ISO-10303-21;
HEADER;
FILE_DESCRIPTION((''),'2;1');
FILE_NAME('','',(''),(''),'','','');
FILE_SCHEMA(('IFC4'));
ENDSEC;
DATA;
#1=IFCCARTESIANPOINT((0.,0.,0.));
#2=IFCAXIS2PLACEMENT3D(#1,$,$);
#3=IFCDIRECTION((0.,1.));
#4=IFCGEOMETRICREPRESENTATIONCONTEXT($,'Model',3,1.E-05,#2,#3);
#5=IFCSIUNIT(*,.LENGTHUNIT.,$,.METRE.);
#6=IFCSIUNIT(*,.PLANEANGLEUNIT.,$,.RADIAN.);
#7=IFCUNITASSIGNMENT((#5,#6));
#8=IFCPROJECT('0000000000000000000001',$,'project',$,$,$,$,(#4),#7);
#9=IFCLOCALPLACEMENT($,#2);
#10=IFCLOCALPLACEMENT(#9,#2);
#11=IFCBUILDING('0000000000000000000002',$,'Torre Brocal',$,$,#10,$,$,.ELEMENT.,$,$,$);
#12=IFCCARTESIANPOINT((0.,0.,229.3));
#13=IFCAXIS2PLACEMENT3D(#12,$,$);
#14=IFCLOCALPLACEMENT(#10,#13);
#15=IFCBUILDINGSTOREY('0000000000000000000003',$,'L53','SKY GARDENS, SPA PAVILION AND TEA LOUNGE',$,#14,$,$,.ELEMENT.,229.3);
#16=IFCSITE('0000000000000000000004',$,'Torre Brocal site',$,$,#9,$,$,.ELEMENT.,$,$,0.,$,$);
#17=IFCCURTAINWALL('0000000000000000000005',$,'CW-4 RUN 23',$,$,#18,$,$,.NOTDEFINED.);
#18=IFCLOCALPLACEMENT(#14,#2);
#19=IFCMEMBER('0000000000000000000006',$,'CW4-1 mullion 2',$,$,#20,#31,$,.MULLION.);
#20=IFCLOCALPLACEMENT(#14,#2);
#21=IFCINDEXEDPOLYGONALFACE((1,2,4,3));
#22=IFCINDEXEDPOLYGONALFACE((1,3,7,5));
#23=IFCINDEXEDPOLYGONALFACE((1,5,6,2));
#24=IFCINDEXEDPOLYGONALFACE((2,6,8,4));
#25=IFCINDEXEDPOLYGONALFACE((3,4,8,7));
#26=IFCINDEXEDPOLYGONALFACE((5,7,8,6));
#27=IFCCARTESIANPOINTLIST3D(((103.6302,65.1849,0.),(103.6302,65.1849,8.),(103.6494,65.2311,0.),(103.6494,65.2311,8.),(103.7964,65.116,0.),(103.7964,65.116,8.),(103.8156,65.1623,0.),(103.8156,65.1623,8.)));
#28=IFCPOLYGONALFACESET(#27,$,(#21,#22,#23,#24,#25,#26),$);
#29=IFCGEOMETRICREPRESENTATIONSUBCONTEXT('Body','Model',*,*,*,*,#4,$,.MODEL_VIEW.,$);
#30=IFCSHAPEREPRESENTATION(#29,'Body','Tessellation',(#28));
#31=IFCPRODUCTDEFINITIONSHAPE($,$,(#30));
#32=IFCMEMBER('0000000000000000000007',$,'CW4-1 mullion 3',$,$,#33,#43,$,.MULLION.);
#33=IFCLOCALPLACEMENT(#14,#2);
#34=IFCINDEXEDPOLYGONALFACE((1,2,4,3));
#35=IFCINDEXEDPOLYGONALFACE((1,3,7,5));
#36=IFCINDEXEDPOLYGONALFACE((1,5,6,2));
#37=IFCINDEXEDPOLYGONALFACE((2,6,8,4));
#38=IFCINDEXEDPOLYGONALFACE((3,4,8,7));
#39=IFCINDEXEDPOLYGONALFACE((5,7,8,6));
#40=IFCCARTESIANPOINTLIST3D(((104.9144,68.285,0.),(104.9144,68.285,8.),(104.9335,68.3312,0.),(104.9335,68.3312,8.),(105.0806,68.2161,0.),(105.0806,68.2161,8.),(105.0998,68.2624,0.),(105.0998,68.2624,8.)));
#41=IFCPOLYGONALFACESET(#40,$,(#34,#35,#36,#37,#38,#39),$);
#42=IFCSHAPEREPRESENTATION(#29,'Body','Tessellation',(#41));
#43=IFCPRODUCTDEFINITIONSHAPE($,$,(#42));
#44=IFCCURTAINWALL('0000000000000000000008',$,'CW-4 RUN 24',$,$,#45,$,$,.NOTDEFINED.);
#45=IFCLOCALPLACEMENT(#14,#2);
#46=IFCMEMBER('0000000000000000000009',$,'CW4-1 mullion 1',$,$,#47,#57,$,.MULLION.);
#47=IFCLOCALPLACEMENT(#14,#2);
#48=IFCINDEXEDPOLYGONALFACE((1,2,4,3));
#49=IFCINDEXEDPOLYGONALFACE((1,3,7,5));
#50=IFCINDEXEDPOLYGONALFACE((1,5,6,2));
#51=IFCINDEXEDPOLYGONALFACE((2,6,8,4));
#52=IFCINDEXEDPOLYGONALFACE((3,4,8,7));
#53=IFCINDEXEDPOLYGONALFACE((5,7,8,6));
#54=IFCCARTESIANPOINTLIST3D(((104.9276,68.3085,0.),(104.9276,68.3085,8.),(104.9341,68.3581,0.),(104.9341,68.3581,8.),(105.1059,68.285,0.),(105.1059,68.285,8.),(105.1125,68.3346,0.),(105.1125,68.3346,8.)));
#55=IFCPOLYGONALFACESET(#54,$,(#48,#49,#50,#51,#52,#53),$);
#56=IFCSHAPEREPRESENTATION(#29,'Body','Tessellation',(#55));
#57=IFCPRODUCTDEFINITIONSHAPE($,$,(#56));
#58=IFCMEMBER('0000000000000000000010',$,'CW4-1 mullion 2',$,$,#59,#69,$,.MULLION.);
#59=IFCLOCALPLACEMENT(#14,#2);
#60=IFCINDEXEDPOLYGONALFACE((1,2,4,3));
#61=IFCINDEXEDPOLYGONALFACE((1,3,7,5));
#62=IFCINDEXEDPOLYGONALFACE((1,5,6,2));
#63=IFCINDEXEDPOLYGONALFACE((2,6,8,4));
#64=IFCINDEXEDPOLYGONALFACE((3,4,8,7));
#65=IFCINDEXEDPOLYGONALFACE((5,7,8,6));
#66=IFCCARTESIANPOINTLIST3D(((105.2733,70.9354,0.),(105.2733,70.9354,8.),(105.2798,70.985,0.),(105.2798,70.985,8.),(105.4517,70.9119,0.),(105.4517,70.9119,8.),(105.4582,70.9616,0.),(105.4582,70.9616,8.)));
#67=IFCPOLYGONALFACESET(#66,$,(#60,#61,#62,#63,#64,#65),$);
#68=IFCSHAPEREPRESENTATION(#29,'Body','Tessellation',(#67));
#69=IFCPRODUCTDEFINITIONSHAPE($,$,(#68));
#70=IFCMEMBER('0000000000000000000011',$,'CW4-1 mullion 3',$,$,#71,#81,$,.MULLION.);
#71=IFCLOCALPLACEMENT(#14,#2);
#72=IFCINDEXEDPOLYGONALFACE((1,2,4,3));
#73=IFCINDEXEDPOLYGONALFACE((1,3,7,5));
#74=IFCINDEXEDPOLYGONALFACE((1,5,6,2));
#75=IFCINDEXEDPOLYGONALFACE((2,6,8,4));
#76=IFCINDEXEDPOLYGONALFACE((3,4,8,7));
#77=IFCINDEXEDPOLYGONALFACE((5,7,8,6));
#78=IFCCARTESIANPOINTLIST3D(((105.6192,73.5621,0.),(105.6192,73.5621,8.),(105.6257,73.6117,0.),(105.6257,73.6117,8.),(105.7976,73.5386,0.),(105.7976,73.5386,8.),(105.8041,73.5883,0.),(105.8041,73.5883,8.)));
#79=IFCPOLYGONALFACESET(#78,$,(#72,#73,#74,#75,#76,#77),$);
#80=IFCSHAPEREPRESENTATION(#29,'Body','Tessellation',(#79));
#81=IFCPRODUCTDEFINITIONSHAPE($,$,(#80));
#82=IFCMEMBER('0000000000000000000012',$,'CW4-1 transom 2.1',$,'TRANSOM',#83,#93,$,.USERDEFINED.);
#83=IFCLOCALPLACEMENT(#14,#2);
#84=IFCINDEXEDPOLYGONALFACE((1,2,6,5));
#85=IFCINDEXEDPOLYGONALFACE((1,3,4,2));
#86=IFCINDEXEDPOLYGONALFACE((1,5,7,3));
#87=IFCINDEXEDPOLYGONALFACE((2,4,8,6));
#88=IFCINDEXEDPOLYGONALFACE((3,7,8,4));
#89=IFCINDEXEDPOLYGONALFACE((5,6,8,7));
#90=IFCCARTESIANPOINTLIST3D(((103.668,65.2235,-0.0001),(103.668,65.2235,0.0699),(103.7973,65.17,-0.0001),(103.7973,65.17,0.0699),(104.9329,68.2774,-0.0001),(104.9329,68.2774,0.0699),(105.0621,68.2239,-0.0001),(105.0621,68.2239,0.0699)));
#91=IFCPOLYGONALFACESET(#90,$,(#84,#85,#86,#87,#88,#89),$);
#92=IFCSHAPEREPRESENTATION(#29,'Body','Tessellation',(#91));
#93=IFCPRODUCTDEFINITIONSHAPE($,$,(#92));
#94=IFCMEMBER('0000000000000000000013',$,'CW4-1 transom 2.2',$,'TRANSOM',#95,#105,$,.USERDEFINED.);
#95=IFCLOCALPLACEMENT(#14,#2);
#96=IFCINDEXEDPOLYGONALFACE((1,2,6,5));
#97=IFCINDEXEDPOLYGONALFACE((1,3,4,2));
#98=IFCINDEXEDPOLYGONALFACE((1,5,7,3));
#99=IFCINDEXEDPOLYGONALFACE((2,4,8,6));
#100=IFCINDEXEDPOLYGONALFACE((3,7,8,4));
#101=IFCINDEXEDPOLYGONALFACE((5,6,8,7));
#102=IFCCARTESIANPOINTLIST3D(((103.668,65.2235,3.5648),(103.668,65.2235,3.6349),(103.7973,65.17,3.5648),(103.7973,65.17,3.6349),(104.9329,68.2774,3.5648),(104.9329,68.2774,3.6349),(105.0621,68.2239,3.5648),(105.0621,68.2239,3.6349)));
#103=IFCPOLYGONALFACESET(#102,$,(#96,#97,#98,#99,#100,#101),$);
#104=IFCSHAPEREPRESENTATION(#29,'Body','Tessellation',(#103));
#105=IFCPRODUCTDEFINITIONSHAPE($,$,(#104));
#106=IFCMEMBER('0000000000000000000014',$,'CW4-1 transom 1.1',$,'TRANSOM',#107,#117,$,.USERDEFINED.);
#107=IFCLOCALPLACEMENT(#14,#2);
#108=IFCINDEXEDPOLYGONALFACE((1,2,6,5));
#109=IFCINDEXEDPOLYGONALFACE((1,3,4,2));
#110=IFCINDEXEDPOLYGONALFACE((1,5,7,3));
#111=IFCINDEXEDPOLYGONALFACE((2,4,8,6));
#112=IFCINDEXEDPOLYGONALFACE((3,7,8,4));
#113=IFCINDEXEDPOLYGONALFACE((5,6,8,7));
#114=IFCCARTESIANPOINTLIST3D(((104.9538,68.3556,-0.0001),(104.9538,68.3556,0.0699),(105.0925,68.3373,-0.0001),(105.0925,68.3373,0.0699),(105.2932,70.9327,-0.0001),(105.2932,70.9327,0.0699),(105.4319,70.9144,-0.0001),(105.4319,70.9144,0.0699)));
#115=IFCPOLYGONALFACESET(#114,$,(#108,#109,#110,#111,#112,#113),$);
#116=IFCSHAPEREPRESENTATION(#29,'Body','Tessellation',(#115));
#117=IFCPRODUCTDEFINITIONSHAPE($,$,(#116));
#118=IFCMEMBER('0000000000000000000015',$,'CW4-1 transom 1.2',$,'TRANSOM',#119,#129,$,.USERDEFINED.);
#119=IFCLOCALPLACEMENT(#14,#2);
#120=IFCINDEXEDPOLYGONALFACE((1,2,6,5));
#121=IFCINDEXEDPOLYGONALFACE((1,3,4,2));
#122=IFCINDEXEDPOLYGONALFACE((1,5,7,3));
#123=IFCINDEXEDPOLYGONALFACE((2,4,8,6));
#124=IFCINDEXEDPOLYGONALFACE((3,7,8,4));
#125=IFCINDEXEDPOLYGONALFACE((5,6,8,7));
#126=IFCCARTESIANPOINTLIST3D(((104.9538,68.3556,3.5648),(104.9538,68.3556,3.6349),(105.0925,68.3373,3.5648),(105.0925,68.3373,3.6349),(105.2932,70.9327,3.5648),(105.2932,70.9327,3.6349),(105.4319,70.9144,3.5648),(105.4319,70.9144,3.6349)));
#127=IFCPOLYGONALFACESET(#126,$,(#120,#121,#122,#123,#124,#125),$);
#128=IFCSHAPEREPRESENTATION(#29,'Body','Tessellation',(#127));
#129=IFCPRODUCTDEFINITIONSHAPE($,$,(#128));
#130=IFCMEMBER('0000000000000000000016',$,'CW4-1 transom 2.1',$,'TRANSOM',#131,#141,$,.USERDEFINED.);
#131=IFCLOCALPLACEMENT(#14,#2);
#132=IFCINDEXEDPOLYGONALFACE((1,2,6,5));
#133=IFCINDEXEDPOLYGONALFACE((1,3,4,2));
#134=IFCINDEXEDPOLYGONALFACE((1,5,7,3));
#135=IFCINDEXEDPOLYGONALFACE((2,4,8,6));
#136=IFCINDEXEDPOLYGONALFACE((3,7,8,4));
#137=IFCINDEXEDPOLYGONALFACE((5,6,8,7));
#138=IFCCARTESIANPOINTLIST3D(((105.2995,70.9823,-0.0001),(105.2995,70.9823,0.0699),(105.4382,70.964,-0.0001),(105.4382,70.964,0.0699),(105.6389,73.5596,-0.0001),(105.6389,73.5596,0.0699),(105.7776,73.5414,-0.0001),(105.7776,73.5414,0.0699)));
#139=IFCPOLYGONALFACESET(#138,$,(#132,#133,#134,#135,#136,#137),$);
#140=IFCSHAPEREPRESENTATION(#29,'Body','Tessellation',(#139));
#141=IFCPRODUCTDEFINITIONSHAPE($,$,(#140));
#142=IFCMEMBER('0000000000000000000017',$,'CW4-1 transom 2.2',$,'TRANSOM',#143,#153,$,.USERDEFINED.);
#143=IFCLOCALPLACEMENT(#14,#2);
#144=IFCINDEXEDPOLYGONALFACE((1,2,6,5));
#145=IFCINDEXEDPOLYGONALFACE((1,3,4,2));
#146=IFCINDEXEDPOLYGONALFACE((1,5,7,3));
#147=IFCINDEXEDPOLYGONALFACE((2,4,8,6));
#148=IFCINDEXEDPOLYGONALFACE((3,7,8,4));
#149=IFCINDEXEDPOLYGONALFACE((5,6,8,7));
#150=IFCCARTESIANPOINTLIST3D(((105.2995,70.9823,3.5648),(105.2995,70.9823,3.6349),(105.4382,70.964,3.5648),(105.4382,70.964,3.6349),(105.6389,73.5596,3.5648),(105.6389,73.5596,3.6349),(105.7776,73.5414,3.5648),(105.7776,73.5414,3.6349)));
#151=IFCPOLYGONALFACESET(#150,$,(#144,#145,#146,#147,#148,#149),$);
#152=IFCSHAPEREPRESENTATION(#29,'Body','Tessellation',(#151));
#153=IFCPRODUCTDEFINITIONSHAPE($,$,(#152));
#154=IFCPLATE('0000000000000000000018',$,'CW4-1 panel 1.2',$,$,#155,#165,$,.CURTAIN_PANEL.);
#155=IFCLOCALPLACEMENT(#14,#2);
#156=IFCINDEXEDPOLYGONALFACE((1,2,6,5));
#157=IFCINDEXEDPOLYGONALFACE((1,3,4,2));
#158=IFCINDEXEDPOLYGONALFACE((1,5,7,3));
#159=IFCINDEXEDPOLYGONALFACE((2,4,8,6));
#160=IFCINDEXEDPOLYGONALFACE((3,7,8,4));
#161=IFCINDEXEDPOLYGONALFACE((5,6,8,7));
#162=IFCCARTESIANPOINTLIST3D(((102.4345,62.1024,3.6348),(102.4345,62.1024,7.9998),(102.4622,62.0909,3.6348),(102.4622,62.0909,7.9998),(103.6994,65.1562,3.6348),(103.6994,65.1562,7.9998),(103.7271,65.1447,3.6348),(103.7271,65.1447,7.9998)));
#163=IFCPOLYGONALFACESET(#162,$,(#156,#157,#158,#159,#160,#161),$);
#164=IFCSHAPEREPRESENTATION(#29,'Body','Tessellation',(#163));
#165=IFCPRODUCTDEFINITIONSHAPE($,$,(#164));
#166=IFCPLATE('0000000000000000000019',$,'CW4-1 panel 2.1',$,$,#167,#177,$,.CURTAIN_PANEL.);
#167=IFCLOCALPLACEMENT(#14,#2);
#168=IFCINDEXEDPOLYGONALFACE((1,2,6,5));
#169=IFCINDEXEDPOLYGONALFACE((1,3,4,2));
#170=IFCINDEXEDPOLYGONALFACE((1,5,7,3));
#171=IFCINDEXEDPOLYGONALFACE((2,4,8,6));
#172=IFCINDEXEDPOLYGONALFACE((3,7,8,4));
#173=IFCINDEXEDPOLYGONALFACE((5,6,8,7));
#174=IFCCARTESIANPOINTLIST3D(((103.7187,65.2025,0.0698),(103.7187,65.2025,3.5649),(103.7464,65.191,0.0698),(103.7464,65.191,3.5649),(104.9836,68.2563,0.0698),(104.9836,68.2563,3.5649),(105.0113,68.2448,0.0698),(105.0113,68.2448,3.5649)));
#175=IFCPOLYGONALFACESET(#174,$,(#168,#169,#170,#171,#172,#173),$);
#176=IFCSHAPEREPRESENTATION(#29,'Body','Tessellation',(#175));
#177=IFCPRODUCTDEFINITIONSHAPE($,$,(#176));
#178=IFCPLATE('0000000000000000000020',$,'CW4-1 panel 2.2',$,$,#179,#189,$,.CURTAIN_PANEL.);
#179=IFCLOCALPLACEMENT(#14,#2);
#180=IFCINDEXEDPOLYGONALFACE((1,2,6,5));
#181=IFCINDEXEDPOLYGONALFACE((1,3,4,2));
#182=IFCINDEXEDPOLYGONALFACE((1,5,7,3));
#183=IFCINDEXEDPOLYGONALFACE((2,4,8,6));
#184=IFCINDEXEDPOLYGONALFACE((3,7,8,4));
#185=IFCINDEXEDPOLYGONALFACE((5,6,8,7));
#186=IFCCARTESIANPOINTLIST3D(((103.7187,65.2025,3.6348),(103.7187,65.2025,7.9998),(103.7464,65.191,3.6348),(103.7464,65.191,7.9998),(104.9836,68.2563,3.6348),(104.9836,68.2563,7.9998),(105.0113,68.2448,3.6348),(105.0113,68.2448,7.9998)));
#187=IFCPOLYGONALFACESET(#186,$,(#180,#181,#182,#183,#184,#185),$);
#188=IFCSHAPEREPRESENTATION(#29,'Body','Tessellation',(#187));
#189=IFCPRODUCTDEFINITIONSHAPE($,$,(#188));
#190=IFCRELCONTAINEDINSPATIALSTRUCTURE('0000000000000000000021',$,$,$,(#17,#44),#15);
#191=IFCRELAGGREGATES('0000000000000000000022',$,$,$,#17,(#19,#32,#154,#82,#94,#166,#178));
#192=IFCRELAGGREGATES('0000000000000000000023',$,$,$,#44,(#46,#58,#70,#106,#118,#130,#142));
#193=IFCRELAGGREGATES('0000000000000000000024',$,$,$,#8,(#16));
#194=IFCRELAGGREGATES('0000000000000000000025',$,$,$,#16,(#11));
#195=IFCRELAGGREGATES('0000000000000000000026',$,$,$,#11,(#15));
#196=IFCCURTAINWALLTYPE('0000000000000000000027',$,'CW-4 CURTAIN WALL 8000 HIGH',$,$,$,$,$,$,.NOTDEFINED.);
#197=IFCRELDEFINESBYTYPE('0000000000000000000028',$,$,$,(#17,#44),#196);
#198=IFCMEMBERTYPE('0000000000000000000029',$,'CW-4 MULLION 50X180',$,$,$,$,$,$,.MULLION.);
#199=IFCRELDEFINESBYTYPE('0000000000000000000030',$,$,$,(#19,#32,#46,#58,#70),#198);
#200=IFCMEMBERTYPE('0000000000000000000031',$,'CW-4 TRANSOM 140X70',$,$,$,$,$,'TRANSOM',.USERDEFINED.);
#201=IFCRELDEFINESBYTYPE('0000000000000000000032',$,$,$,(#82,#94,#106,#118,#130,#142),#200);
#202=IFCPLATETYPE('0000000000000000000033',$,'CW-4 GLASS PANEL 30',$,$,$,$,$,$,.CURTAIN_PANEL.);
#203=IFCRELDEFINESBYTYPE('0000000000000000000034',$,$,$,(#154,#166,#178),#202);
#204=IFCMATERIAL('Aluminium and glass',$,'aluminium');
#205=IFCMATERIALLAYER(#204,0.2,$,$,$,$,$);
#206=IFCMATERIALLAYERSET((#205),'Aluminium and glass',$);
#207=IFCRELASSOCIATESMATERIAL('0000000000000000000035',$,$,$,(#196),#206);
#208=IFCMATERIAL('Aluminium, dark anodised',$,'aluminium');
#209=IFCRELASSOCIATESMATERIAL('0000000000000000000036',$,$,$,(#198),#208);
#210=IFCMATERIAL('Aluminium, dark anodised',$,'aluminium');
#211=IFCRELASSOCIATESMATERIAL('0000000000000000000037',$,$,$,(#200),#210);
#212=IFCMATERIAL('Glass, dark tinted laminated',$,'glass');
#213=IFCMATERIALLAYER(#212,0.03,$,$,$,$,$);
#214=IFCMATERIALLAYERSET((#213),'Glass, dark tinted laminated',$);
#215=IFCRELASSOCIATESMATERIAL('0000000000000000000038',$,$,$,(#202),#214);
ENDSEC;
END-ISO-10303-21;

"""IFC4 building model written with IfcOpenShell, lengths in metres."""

from ifc_helpers import new_model, si_unit, direction, frame, origin, origin_2d, place, context, subcontext, project, spatial, rectangle, extrude, material, layer, layer_set, material_profile, profile_set, type_object, element, aggregate, save


model = new_model("IFC4")

# Units and contexts
model_context = context("Model", 3, precision=1e-05, world=origin(), true_north=direction((0.0, 1.0)))
body_context = subcontext(model_context, "Body", "Model", "MODEL_VIEW")
ifc_project = project(units=[si_unit("LENGTHUNIT", "METRE"), si_unit("PLANEANGLEUNIT", "RADIAN")], contexts=[model_context])

# Site, building, storey
site_placement = place(None, origin())
site = spatial("IfcSite", under=ifc_project, at=site_placement, Name="Torre Brocal site", CompositionType="ELEMENT", RefElevation=0.0)
building_placement = place(site_placement, origin())
building = spatial("IfcBuilding", under=site, at=building_placement, Name="Torre Brocal", CompositionType="ELEMENT")
storey_placement = place(building_placement, frame((0.0, 0.0, 229.3)))
storey = spatial("IfcBuildingStorey", under=building, at=storey_placement, Name="L53", Description="SKY GARDENS, SPA PAVILION AND TEA LOUNGE", CompositionType="ELEMENT", Elevation=229.3)

# Curtain walls, members
ifc_material_1 = material(Name="Aluminium and glass", Category="aluminium")
ifc_layer_1 = layer(ifc_material_1, 0.2)
ifc_layer_set_1 = layer_set([ifc_layer_1], Name="Aluminium and glass")
curtain_wall_type = type_object("IfcCurtainWallType", Name="CW-4 CURTAIN WALL 8000 HIGH", PredefinedType="NOTDEFINED", material=ifc_layer_set_1)
curtain_wall_1_placement = place(storey_placement, origin())
curtain_wall_1 = element("IfcCurtainWall", 1, at=curtain_wall_1_placement, inside=storey, type_object=curtain_wall_type, Name="CW-4 RUN 23", PredefinedType="NOTDEFINED")
ifc_material_2 = material(Name="Aluminium, dark anodised", Category="aluminium")
ifc_material_profile_1 = material_profile(ifc_material_2, rectangle(XDim=0.1799, YDim=0.05, at=origin_2d()), Name="CW-4 MULLION 50X180")
ifc_profile_set_1 = profile_set([ifc_material_profile_1], Name="Aluminium, dark anodised")
member_type_1 = type_object("IfcMemberType", Name="CW-4 MULLION 50X180", PredefinedType="MULLION", material=ifc_profile_set_1)
member_1_placement = place(storey_placement, frame((103.7229, 65.1736, 0.0), z_axis=(0.0, 0.0, 1.0), x_axis=(-0.92388, 0.382683, 0.0)))
member_1 = element("IfcMember", 2, at=member_1_placement, type_object=member_type_1, Name="CW4-1 mullion 2", PredefinedType="MULLION", context=body_context, shape_type="SweptSolid", body=[
    extrude(rectangle(XDim=0.1799, YDim=0.05, at=origin_2d()), origin(), (0.0, 0.0, 1.0), 8.0),
])
member_2_placement = place(storey_placement, frame((105.0071, 68.2737, 0.0), z_axis=(0.0, 0.0, 1.0), x_axis=(-0.92388, 0.382683, 0.0)))
member_2 = element("IfcMember", 3, at=member_2_placement, type_object=member_type_1, Name="CW4-1 mullion 3", PredefinedType="MULLION", context=body_context, shape_type="SweptSolid", body=[
    extrude(rectangle(XDim=0.1799, YDim=0.05, at=origin_2d()), origin(), (0.0, 0.0, 1.0), 8.0),
])
curtain_wall_2_placement = place(storey_placement, origin())
curtain_wall_2 = element("IfcCurtainWall", 4, at=curtain_wall_2_placement, inside=storey, type_object=curtain_wall_type, Name="CW-4 RUN 24", PredefinedType="NOTDEFINED")
member_3_placement = place(storey_placement, frame((105.02, 68.3215, 0.0), z_axis=(0.0, 0.0, 1.0), x_axis=(-0.991445, 0.130526, 0.0)))
member_3 = element("IfcMember", 5, at=member_3_placement, type_object=member_type_1, Name="CW4-1 mullion 1", PredefinedType="MULLION", context=body_context, shape_type="SweptSolid", body=[
    extrude(rectangle(XDim=0.1799, YDim=0.05, at=origin_2d()), origin(), (0.0, 0.0, 1.0), 8.0),
])
member_4_placement = place(storey_placement, frame((105.3657, 70.9485, 0.0), z_axis=(0.0, 0.0, 1.0), x_axis=(-0.991445, 0.130526, 0.0)))
member_4 = element("IfcMember", 6, at=member_4_placement, type_object=member_type_1, Name="CW4-1 mullion 2", PredefinedType="MULLION", context=body_context, shape_type="SweptSolid", body=[
    extrude(rectangle(XDim=0.1799, YDim=0.05, at=origin_2d()), origin(), (0.0, 0.0, 1.0), 8.0),
])
member_5_placement = place(storey_placement, frame((105.7117, 73.5752, 0.0), z_axis=(0.0, 0.0, 1.0), x_axis=(-0.991445, 0.130526, 0.0)))
member_5 = element("IfcMember", 7, at=member_5_placement, type_object=member_type_1, Name="CW4-1 mullion 3", PredefinedType="MULLION", context=body_context, shape_type="SweptSolid", body=[
    extrude(rectangle(XDim=0.1799, YDim=0.05, at=origin_2d()), origin(), (0.0, 0.0, 1.0), 8.0),
])

# Members
ifc_material_3 = material(Name="Aluminium, dark anodised", Category="aluminium")
ifc_material_profile_2 = material_profile(ifc_material_3, rectangle(XDim=0.1399, YDim=0.0701, at=origin_2d()), Name="CW-4 TRANSOM 140X70")
ifc_profile_set_2 = profile_set([ifc_material_profile_2], Name="Aluminium, dark anodised")
member_type_2 = type_object("IfcMemberType", Name="CW-4 TRANSOM 140X70", ElementType="TRANSOM", PredefinedType="USERDEFINED", material=ifc_profile_set_2)
member_6_placement = place(storey_placement, frame((103.7327, 65.1968, 0.0349), z_axis=(0.382658, 0.92389, 0.0), x_axis=(-0.92389, 0.382658, 0.0)))
member_6 = element("IfcMember", 8, at=member_6_placement, type_object=member_type_2, Name="CW4-1 transom 2.1", ObjectType="TRANSOM", PredefinedType="USERDEFINED", context=body_context, shape_type="SweptSolid", body=[
    extrude(rectangle(XDim=0.1399, YDim=0.0701, at=origin_2d()), origin(), (0.0, 0.0, 1.0), 3.3054),
])
member_7_placement = place(storey_placement, frame((103.7327, 65.1968, 3.5999), z_axis=(0.382658, 0.92389, 0.0), x_axis=(-0.92389, 0.382658, 0.0)))
member_7 = element("IfcMember", 9, at=member_7_placement, type_object=member_type_2, Name="CW4-1 transom 2.2", ObjectType="TRANSOM", PredefinedType="USERDEFINED", context=body_context, shape_type="SweptSolid", body=[
    extrude(rectangle(XDim=0.1399, YDim=0.0701, at=origin_2d()), origin(), (0.0, 0.0, 1.0), 3.3054),
])
member_8_placement = place(storey_placement, frame((105.0232, 68.3464, 0.0349), z_axis=(0.130552, 0.991442, 0.0), x_axis=(-0.991442, 0.130552, 0.0)))
member_8 = element("IfcMember", 10, at=member_8_placement, type_object=member_type_2, Name="CW4-1 transom 1.1", ObjectType="TRANSOM", PredefinedType="USERDEFINED", context=body_context, shape_type="SweptSolid", body=[
    extrude(rectangle(XDim=0.1399, YDim=0.0701, at=origin_2d()), origin(), (0.0, 0.0, 1.0), 2.5994),
])
member_9_placement = place(storey_placement, frame((105.0232, 68.3464, 3.5999), z_axis=(0.130552, 0.991442, 0.0), x_axis=(-0.991442, 0.130552, 0.0)))
member_9 = element("IfcMember", 11, at=member_9_placement, type_object=member_type_2, Name="CW4-1 transom 1.2", ObjectType="TRANSOM", PredefinedType="USERDEFINED", context=body_context, shape_type="SweptSolid", body=[
    extrude(rectangle(XDim=0.1399, YDim=0.0701, at=origin_2d()), origin(), (0.0, 0.0, 1.0), 2.5994),
])
member_10_placement = place(storey_placement, frame((105.3689, 70.9731, 0.0349), z_axis=(0.13054, 0.991443, 0.0), x_axis=(-0.991443, 0.13054, 0.0)))
member_10 = element("IfcMember", 12, at=member_10_placement, type_object=member_type_2, Name="CW4-1 transom 2.1", ObjectType="TRANSOM", PredefinedType="USERDEFINED", context=body_context, shape_type="SweptSolid", body=[
    extrude(rectangle(XDim=0.1399, YDim=0.0701, at=origin_2d()), origin(), (0.0, 0.0, 1.0), 2.5996),
])
member_11_placement = place(storey_placement, frame((105.3689, 70.9731, 3.5999), z_axis=(0.13054, 0.991443, 0.0), x_axis=(-0.991443, 0.13054, 0.0)))
member_11 = element("IfcMember", 13, at=member_11_placement, type_object=member_type_2, Name="CW4-1 transom 2.2", ObjectType="TRANSOM", PredefinedType="USERDEFINED", context=body_context, shape_type="SweptSolid", body=[
    extrude(rectangle(XDim=0.1399, YDim=0.0701, at=origin_2d()), origin(), (0.0, 0.0, 1.0), 2.5996),
])

# Plates
ifc_material_4 = material(Name="Glass, dark tinted laminated", Category="glass")
ifc_layer_2 = layer(ifc_material_4, 0.03)
ifc_layer_set_2 = layer_set([ifc_layer_2], Name="Glass, dark tinted laminated")
plate_type = type_object("IfcPlateType", Name="CW-4 GLASS PANEL 30", PredefinedType="CURTAIN_PANEL", material=ifc_layer_set_2)
plate_1_placement = place(storey_placement, frame((103.0808, 63.6235, 3.6348), z_axis=(0.0, 0.0, 1.0), x_axis=(0.382683, 0.92388, 0.0)))
plate_1 = element("IfcPlate", 14, at=plate_1_placement, type_object=plate_type, Name="CW4-1 panel 1.2", PredefinedType="CURTAIN_PANEL", context=body_context, shape_type="SweptSolid", body=[
    extrude(rectangle(XDim=3.3054, YDim=0.03, at=origin_2d()), origin(), (0.0, 0.0, 1.0), 4.365),
])
plate_2_placement = place(storey_placement, frame((104.365, 66.7236, 0.0698), z_axis=(0.0, 0.0, 1.0), x_axis=(0.382683, 0.92388, 0.0)))
plate_2 = element("IfcPlate", 15, at=plate_2_placement, type_object=plate_type, Name="CW4-1 panel 2.1", PredefinedType="CURTAIN_PANEL", context=body_context, shape_type="SweptSolid", body=[
    extrude(rectangle(XDim=3.3054, YDim=0.03, at=origin_2d()), origin(), (0.0, 0.0, 1.0), 3.4951),
])
plate_3_placement = place(storey_placement, frame((104.365, 66.7236, 3.6348), z_axis=(0.0, 0.0, 1.0), x_axis=(0.382683, 0.92388, 0.0)))
plate_3 = element("IfcPlate", 16, at=plate_3_placement, type_object=plate_type, Name="CW4-1 panel 2.2", PredefinedType="CURTAIN_PANEL", context=body_context, shape_type="SweptSolid", body=[
    extrude(rectangle(XDim=3.3054, YDim=0.03, at=origin_2d()), origin(), (0.0, 0.0, 1.0), 4.365),
])
aggregate(curtain_wall_1, [member_1, member_2, plate_1, member_6, member_7, plate_2, plate_3])
aggregate(curtain_wall_2, [member_3, member_4, member_5, member_8, member_9, member_10, member_11])

save(model, "model.ifc")
